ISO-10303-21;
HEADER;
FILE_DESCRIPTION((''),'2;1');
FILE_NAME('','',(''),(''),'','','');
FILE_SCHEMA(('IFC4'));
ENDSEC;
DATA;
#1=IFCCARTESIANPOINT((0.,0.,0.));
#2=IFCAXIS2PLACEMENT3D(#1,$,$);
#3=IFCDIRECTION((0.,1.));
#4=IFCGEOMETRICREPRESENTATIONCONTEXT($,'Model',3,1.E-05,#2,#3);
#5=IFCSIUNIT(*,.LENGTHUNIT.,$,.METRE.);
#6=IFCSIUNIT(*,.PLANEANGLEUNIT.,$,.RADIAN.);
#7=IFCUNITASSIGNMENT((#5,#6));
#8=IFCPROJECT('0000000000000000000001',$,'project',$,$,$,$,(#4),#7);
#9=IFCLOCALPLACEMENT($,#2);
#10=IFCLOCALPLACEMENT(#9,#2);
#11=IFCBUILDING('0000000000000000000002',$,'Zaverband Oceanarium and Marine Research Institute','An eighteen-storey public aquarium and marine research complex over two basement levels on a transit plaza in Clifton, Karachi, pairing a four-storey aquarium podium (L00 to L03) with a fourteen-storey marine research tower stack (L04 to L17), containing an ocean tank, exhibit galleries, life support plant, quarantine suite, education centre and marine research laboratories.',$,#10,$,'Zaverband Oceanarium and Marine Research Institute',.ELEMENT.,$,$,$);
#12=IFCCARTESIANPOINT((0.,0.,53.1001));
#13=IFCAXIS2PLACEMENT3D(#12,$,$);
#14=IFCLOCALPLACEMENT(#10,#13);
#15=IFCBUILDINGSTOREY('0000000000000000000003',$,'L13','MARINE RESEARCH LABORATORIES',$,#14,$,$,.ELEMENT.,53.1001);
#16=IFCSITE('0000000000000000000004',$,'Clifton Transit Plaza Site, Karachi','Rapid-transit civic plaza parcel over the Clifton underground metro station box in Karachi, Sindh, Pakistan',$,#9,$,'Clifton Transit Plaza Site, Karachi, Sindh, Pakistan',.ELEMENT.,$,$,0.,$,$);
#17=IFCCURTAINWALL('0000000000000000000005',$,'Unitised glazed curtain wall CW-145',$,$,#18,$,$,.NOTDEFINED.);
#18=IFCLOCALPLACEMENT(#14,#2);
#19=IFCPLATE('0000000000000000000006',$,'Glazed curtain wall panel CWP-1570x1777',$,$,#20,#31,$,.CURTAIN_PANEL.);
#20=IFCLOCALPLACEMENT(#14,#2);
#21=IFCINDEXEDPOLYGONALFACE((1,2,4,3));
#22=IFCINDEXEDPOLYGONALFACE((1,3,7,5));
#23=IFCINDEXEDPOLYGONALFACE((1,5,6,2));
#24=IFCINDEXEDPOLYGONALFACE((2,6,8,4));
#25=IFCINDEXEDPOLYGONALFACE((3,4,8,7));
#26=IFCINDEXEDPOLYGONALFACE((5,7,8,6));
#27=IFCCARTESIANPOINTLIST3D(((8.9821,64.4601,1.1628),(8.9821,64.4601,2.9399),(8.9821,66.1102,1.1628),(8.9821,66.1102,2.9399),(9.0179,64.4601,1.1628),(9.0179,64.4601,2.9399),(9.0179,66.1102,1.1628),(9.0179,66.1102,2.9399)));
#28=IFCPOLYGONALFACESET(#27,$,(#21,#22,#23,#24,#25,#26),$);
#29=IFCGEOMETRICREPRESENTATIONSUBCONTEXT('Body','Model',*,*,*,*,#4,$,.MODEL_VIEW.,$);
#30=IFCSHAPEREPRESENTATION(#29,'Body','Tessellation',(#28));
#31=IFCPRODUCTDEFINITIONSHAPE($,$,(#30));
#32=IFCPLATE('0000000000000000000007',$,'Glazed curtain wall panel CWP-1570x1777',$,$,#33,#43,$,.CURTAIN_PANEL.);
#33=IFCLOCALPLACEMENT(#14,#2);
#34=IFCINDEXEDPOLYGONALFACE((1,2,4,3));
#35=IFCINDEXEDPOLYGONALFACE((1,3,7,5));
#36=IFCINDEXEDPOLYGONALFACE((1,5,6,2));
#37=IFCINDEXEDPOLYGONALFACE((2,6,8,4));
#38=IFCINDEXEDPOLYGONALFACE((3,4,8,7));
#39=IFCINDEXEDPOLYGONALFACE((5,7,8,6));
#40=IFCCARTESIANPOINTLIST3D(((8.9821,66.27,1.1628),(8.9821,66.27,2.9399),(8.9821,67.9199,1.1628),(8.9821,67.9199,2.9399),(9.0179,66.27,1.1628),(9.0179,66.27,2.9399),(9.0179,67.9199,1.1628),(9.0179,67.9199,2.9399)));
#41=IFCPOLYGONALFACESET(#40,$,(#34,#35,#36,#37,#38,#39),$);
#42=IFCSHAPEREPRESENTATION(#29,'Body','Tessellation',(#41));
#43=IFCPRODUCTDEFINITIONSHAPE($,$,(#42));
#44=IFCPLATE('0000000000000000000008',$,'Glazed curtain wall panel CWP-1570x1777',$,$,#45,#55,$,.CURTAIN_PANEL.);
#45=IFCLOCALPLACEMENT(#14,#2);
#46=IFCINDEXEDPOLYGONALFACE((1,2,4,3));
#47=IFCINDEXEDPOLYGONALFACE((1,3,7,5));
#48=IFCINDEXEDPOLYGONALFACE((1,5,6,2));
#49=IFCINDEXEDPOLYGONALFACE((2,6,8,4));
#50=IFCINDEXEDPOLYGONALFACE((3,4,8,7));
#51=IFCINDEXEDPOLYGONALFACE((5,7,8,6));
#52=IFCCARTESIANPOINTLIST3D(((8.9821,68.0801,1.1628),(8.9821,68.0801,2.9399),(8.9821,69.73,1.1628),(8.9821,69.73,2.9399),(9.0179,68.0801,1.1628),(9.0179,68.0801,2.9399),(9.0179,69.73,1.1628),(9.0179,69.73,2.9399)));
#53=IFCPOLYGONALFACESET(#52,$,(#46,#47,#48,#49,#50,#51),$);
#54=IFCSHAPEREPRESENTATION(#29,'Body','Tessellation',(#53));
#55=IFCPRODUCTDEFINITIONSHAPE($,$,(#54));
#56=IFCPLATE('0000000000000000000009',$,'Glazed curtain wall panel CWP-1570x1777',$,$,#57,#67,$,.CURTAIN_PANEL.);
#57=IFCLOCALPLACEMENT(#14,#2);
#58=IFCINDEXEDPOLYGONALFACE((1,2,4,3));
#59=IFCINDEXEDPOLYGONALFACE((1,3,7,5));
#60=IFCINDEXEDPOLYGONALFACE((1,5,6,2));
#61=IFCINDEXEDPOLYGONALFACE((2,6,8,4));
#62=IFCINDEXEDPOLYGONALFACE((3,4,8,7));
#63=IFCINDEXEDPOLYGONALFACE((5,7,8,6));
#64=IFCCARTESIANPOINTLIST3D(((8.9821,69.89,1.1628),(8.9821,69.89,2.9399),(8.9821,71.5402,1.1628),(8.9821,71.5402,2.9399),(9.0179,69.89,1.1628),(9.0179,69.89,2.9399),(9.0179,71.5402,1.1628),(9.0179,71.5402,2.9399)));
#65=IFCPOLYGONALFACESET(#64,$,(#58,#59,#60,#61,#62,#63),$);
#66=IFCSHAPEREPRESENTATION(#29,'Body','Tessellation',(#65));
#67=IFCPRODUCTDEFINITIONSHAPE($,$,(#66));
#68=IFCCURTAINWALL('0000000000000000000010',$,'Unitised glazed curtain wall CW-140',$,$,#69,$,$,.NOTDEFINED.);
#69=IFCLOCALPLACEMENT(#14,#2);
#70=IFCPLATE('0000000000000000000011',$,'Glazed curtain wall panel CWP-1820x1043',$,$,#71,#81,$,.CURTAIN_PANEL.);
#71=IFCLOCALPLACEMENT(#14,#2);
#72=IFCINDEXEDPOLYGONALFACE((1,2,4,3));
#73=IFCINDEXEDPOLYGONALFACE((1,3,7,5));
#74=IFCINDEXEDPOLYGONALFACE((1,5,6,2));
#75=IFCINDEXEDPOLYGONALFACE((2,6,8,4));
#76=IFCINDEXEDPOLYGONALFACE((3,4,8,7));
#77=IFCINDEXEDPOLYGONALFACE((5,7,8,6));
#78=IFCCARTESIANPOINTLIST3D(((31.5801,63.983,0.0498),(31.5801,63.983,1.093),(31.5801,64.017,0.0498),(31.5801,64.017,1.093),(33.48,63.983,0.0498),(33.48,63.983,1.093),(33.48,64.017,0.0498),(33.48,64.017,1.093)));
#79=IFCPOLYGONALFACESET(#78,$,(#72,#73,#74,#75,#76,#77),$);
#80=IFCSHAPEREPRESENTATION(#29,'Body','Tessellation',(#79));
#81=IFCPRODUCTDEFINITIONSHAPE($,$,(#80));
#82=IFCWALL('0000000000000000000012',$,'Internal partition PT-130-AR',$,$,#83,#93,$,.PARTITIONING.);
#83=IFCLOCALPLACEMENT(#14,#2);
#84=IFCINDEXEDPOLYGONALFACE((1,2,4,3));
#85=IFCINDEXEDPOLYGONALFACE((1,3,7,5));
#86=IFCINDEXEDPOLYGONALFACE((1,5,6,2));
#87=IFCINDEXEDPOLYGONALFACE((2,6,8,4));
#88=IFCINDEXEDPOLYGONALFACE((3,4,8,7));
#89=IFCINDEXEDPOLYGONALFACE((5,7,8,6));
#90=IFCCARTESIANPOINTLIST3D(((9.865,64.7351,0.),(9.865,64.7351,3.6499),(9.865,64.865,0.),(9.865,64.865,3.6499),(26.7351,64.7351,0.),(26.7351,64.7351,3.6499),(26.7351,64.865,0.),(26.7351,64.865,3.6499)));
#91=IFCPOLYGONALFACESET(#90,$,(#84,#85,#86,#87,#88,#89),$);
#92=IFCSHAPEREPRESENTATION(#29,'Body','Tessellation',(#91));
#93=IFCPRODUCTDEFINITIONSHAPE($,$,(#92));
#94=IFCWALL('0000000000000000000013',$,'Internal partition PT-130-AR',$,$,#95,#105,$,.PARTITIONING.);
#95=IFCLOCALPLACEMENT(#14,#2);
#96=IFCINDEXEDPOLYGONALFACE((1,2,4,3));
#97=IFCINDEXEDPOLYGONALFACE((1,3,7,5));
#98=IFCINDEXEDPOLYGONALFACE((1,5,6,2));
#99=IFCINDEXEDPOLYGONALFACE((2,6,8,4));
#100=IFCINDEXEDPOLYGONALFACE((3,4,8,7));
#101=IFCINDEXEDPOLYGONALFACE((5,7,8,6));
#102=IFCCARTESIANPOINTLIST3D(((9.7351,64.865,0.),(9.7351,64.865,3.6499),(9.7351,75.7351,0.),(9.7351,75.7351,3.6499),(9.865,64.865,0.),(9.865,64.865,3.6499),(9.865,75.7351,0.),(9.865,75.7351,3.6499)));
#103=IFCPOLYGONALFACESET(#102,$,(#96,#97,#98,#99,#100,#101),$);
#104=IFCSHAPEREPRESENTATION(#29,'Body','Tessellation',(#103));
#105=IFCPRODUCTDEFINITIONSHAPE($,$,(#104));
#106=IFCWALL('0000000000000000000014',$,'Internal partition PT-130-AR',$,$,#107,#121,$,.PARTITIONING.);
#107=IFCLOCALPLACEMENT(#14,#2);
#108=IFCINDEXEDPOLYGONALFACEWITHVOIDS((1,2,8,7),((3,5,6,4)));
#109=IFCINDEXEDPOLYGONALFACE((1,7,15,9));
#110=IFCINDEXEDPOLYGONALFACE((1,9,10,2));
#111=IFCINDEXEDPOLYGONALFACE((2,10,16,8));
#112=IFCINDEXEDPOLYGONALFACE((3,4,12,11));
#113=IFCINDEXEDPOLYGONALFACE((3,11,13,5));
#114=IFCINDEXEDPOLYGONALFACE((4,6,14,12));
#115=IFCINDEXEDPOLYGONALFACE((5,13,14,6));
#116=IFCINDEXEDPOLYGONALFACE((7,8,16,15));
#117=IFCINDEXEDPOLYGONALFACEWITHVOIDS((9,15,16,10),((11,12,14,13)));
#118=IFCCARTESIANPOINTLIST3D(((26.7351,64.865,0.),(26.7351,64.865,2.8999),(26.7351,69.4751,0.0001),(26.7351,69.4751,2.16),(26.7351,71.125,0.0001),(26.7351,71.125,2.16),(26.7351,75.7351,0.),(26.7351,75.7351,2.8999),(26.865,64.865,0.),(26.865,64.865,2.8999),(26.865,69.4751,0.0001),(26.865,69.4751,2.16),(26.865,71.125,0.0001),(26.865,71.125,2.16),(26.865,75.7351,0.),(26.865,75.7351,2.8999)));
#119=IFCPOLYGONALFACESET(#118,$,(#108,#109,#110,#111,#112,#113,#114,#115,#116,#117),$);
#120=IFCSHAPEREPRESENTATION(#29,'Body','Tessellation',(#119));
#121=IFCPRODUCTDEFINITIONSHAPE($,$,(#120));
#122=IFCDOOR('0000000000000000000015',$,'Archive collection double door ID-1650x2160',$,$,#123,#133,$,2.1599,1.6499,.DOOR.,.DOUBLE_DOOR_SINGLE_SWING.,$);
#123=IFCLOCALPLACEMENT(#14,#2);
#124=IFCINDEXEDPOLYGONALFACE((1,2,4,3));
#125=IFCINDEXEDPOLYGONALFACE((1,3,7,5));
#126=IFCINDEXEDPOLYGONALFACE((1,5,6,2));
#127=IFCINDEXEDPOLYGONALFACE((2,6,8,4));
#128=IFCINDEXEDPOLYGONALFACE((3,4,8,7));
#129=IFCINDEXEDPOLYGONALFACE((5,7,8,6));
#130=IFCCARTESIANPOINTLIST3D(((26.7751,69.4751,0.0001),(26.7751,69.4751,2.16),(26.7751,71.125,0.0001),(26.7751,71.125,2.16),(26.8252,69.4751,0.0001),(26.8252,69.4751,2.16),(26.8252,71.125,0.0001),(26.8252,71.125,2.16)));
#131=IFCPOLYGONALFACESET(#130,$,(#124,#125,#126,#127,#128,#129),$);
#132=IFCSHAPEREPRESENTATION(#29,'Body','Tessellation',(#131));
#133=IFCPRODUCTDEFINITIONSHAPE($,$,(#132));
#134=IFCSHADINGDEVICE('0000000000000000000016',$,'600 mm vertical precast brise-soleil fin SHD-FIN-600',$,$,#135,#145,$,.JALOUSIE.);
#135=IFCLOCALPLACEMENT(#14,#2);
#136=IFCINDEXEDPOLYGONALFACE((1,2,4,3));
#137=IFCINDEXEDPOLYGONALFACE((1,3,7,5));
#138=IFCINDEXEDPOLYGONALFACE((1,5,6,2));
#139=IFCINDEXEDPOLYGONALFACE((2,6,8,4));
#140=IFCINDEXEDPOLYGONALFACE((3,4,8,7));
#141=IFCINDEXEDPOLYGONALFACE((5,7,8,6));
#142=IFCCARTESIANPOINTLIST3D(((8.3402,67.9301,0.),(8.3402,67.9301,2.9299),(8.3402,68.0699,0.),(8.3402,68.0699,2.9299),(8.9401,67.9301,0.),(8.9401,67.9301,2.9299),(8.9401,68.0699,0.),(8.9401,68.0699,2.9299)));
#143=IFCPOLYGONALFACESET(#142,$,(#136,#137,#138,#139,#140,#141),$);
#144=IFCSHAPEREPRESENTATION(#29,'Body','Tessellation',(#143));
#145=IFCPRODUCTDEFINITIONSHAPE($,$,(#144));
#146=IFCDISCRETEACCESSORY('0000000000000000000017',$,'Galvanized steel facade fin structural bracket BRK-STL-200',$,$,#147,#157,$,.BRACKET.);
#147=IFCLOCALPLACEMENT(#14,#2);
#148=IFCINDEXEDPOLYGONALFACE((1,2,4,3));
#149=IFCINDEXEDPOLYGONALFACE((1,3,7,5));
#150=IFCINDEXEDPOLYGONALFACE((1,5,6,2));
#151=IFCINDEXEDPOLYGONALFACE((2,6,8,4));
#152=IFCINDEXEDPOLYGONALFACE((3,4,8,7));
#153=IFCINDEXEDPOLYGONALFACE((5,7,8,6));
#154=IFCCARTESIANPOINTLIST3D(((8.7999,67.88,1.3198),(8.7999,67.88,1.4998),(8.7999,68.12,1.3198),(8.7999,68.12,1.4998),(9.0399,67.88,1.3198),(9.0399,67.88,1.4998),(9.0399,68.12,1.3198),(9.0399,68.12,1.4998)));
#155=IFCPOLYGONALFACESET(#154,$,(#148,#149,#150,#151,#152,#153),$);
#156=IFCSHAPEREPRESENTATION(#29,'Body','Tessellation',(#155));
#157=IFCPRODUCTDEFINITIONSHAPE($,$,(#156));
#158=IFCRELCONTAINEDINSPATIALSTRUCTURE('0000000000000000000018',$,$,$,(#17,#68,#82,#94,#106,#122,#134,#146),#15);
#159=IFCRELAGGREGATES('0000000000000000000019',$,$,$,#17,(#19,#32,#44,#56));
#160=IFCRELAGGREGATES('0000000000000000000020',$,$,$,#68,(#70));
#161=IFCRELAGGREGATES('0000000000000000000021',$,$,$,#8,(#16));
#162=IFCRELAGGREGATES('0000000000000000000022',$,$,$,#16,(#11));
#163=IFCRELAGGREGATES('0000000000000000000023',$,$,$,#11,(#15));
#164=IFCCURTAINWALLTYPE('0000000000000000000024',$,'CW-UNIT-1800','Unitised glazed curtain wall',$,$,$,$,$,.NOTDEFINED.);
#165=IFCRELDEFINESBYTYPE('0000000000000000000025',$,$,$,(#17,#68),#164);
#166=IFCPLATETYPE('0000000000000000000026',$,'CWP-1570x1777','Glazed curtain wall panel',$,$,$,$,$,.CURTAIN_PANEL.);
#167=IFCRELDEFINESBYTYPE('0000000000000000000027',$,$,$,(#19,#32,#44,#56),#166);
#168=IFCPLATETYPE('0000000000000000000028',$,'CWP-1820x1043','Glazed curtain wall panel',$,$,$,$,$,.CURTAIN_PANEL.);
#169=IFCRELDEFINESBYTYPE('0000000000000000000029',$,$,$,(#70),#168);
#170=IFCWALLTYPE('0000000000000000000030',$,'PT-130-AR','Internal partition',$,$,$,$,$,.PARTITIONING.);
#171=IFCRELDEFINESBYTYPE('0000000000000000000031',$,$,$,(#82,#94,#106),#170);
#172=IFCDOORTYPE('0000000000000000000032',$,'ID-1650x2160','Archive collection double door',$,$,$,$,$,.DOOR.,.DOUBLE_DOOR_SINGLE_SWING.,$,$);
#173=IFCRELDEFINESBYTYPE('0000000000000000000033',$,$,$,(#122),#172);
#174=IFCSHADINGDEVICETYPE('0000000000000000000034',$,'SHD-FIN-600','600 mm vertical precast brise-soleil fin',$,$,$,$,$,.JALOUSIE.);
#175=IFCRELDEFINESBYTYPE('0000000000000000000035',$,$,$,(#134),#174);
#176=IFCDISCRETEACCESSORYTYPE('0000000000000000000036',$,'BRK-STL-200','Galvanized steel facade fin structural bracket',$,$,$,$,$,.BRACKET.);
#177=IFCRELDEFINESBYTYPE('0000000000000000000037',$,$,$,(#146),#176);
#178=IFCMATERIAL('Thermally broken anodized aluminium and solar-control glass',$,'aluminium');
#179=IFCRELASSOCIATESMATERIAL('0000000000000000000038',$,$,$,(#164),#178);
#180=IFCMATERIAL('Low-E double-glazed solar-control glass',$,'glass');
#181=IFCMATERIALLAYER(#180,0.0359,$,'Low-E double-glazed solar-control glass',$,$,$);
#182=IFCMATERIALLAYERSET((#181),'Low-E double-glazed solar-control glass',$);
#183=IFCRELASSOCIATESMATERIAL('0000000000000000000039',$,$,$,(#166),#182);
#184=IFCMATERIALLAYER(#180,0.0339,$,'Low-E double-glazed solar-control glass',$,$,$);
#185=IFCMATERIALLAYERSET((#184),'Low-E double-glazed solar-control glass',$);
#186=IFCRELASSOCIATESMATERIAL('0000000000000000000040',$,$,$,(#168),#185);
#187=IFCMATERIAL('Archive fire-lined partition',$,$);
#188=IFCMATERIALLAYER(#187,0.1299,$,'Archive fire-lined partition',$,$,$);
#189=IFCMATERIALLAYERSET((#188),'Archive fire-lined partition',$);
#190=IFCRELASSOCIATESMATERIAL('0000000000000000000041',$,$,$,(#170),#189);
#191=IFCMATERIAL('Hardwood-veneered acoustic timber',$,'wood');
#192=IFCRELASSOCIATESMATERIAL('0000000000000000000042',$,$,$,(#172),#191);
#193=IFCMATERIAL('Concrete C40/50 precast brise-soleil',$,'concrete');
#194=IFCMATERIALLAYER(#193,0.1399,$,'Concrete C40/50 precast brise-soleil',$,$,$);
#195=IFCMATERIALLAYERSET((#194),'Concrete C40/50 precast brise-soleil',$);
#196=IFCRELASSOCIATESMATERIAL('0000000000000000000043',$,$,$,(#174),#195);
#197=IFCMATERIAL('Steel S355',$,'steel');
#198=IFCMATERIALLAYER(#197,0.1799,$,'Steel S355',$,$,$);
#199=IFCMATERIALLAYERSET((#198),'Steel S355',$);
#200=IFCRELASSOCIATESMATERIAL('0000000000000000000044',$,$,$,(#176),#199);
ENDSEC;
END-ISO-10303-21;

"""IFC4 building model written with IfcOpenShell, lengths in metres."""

from ifc_helpers import new_model, si_unit, direction, frame, frame_2d, origin, origin_2d, place, context, subcontext, project, spatial, rectangle, extrude, material, layer, layer_set, type_object, element, fill, aggregate, save


model = new_model("IFC4")

# Units and contexts
model_context = context("Model", 3, precision=1e-05, world=origin(), true_north=direction((0.0, 1.0)))
body_context = subcontext(model_context, "Body", "Model", "MODEL_VIEW")
ifc_project = project(units=[si_unit("LENGTHUNIT", "METRE"), si_unit("PLANEANGLEUNIT", "RADIAN")], contexts=[model_context])

# Site, building, storey
site_placement = place(None, origin())
site = spatial("IfcSite", under=ifc_project, at=site_placement, Name="Clifton Transit Plaza Site, Karachi", Description="Rapid-transit civic plaza parcel over the Clifton underground metro station box in Karachi, Sindh, Pakistan", LongName="Clifton Transit Plaza Site, Karachi, Sindh, Pakistan", CompositionType="ELEMENT", RefElevation=0.0)
building_placement = place(site_placement, origin())
building = spatial("IfcBuilding", under=site, at=building_placement, Name="Zaverband Oceanarium and Marine Research Institute", Description="An eighteen-storey public aquarium and marine research complex over two basement levels on a transit plaza in Clifton, Karachi, pairing a four-storey aquarium podium (L00 to L03) with a fourteen-storey marine research tower stack (L04 to L17), containing an ocean tank, exhibit galleries, life support plant, quarantine suite, education centre and marine research laboratories.", LongName="Zaverband Oceanarium and Marine Research Institute", CompositionType="ELEMENT")
storey_placement = place(building_placement, frame((0.0, 0.0, 53.1001)))
storey = spatial("IfcBuildingStorey", under=building, at=storey_placement, Name="L13", Description="MARINE RESEARCH LABORATORIES", CompositionType="ELEMENT", Elevation=53.1001)

# Curtain wall, plates
ifc_material_1 = material(Name="Thermally broken anodized aluminium and solar-control glass", Category="aluminium")
curtain_wall_type = type_object("IfcCurtainWallType", Name="CW-UNIT-1800", Description="Unitised glazed curtain wall", PredefinedType="NOTDEFINED", material=ifc_material_1)
curtain_wall_1_placement = place(storey_placement, origin())
curtain_wall_1 = element("IfcCurtainWall", 1, at=curtain_wall_1_placement, inside=storey, type_object=curtain_wall_type, Name="Unitised glazed curtain wall CW-145", PredefinedType="NOTDEFINED")
ifc_material_2 = material(Name="Low-E double-glazed solar-control glass", Category="glass")
ifc_layer_1 = layer(ifc_material_2, 0.0359, Name="Low-E double-glazed solar-control glass")
ifc_layer_set_1 = layer_set([ifc_layer_1], Name="Low-E double-glazed solar-control glass")
plate_type_1 = type_object("IfcPlateType", Name="CWP-1570x1777", Description="Glazed curtain wall panel", PredefinedType="CURTAIN_PANEL", material=ifc_layer_set_1)
plate_1_placement = place(storey_placement, frame((9.0, 64.46, 1.1628), z_axis=(0.0, 0.0, 1.0), x_axis=(0.0, 1.0, 0.0)))
plate_1 = element("IfcPlate", 2, at=plate_1_placement, type_object=plate_type_1, Name="Glazed curtain wall panel CWP-1570x1777", PredefinedType="CURTAIN_PANEL", context=body_context, shape_type="SweptSolid", body=[
    extrude(rectangle(XDim=1.6501, YDim=0.0359, at=frame_2d((0.8252, 0.0))), origin(), (0.0, 0.0, 1.0), 1.7771),
])
plate_2_placement = place(storey_placement, frame((9.0, 66.27, 1.1628), z_axis=(0.0, 0.0, 1.0), x_axis=(0.0, 1.0, 0.0)))
plate_2 = element("IfcPlate", 3, at=plate_2_placement, type_object=plate_type_1, Name="Glazed curtain wall panel CWP-1570x1777", PredefinedType="CURTAIN_PANEL", context=body_context, shape_type="SweptSolid", body=[
    extrude(rectangle(XDim=1.6499, YDim=0.0359, at=frame_2d((0.825, 0.0))), origin(), (0.0, 0.0, 1.0), 1.7771),
])
plate_3_placement = place(storey_placement, frame((9.0, 68.0801, 1.1628), z_axis=(0.0, 0.0, 1.0), x_axis=(0.0, 1.0, 0.0)))
plate_3 = element("IfcPlate", 4, at=plate_3_placement, type_object=plate_type_1, Name="Glazed curtain wall panel CWP-1570x1777", PredefinedType="CURTAIN_PANEL", context=body_context, shape_type="SweptSolid", body=[
    extrude(rectangle(XDim=1.6499, YDim=0.0359, at=frame_2d((0.825, 0.0))), origin(), (0.0, 0.0, 1.0), 1.7771),
])
plate_4_placement = place(storey_placement, frame((9.0, 69.8899, 1.1628), z_axis=(0.0, 0.0, 1.0), x_axis=(0.0, 1.0, 0.0)))
plate_4 = element("IfcPlate", 5, at=plate_4_placement, type_object=plate_type_1, Name="Glazed curtain wall panel CWP-1570x1777", PredefinedType="CURTAIN_PANEL", context=body_context, shape_type="SweptSolid", body=[
    extrude(rectangle(XDim=1.6501, YDim=0.0359, at=frame_2d((0.8252, 0.0))), origin(), (0.0, 0.0, 1.0), 1.7771),
])
aggregate(curtain_wall_1, [plate_1, plate_2, plate_3, plate_4])

# Curtain wall, plate
curtain_wall_2_placement = place(storey_placement, origin())
curtain_wall_2 = element("IfcCurtainWall", 6, at=curtain_wall_2_placement, inside=storey, type_object=curtain_wall_type, Name="Unitised glazed curtain wall CW-140", PredefinedType="NOTDEFINED")
ifc_layer_2 = layer(ifc_material_2, 0.0339, Name="Low-E double-glazed solar-control glass")
ifc_layer_set_2 = layer_set([ifc_layer_2], Name="Low-E double-glazed solar-control glass")
plate_type_2 = type_object("IfcPlateType", Name="CWP-1820x1043", Description="Glazed curtain wall panel", PredefinedType="CURTAIN_PANEL", material=ifc_layer_set_2)
plate_5_placement = place(storey_placement, frame((31.5801, 64.0, 0.0498), z_axis=(0.0, 0.0, 1.0), x_axis=(1.0, 0.0, 0.0)))
plate_5 = element("IfcPlate", 7, at=plate_5_placement, type_object=plate_type_2, Name="Glazed curtain wall panel CWP-1820x1043", PredefinedType="CURTAIN_PANEL", context=body_context, shape_type="SweptSolid", body=[
    extrude(rectangle(XDim=1.8999, YDim=0.0339, at=frame_2d((0.95, 0.0))), origin(), (0.0, 0.0, 1.0), 1.0432),
])
aggregate(curtain_wall_2, [plate_5])

# Walls
ifc_material_3 = material(Name="Archive fire-lined partition")
ifc_layer_3 = layer(ifc_material_3, 0.1299, Name="Archive fire-lined partition")
ifc_layer_set_3 = layer_set([ifc_layer_3], Name="Archive fire-lined partition")
wall_type = type_object("IfcWallType", Name="PT-130-AR", Description="Internal partition", PredefinedType="PARTITIONING", material=ifc_layer_set_3)
wall_1_placement = place(storey_placement, frame((9.865, 64.8, 0.0), z_axis=(0.0, 0.0, 1.0), x_axis=(1.0, 0.0, 0.0)))
element("IfcWall", 8, at=wall_1_placement, inside=storey, type_object=wall_type, Name="Internal partition PT-130-AR", PredefinedType="PARTITIONING", context=body_context, shape_type="SweptSolid", body=[
    extrude(rectangle(XDim=16.8701, YDim=0.1299, at=frame_2d((8.4351, 0.0))), origin(), (0.0, 0.0, 1.0), 3.6499),
])
wall_2_placement = place(storey_placement, frame((9.8, 64.865, 0.0), z_axis=(0.0, 0.0, 1.0), x_axis=(0.0, 1.0, 0.0)))
element("IfcWall", 9, at=wall_2_placement, inside=storey, type_object=wall_type, Name="Internal partition PT-130-AR", PredefinedType="PARTITIONING", context=body_context, shape_type="SweptSolid", body=[
    extrude(rectangle(XDim=10.8701, YDim=0.1299, at=frame_2d((5.4351, 0.0))), origin(), (0.0, 0.0, 1.0), 3.6499),
])

# Wall, opening, door
wall_3_placement = place(storey_placement, frame((26.8, 64.865, 0.0), z_axis=(0.0, 0.0, 1.0), x_axis=(0.0, 1.0, 0.0)))
wall_3 = element("IfcWall", 10, at=wall_3_placement, inside=storey, type_object=wall_type, Name="Internal partition PT-130-AR", PredefinedType="PARTITIONING", context=body_context, shape_type="SweptSolid", body=[
    extrude(rectangle(XDim=10.8701, YDim=0.1299, at=frame_2d((5.4351, 0.0))), origin(), (0.0, 0.0, 1.0), 2.8999),
])
opening_placement = place(wall_3_placement, frame((4.6101, 0.0, 0.0)))
opening = element("IfcOpeningElement", 11, at=opening_placement, cuts=wall_3, PredefinedType="OPENING", context=body_context, shape_type="SweptSolid", body=[
    extrude(rectangle(XDim=1.6499, YDim=2.1599, at=frame_2d((0.825, 1.0801))), frame((0.0, 0.0769, 0.0), z_axis=(0.0, -1.0, 0.0), x_axis=(1.0, 0.0, 0.0)), (0.0, 0.0, 1.0), 0.1538),
])
ifc_material_4 = material(Name="Hardwood-veneered acoustic timber", Category="wood")
door_type = type_object("IfcDoorType", Name="ID-1650x2160", Description="Archive collection double door", OperationType="DOUBLE_DOOR_SINGLE_SWING", PredefinedType="DOOR", material=ifc_material_4)
door_placement = place(opening_placement, origin())
door = element("IfcDoor", 12, at=door_placement, inside=storey, type_object=door_type, Name="Archive collection double door ID-1650x2160", OperationType="DOUBLE_DOOR_SINGLE_SWING", OverallHeight=2.1599, OverallWidth=1.6499, PredefinedType="DOOR", context=body_context, shape_type="SweptSolid", body=[
    extrude(rectangle(XDim=1.6499, YDim=2.1599, at=frame_2d((0.825, 1.0801))), frame((0.0, 0.0249, 0.0), z_axis=(0.0, -1.0, 0.0), x_axis=(1.0, 0.0, 0.0)), (0.0, 0.0, 1.0), 0.05),
])
fill(opening, door)

# Shared definitions
ifc_material_5 = material(Name="Steel S355", Category="steel")

# Shading device
ifc_material_6 = material(Name="Concrete C40/50 precast brise-soleil", Category="concrete")
ifc_layer_4 = layer(ifc_material_6, 0.1399, Name="Concrete C40/50 precast brise-soleil")
ifc_layer_set_4 = layer_set([ifc_layer_4], Name="Concrete C40/50 precast brise-soleil")
shading_device_type = type_object("IfcShadingDeviceType", Name="SHD-FIN-600", Description="600 mm vertical precast brise-soleil fin", PredefinedType="JALOUSIE", material=ifc_layer_set_4)
shading_device_placement = place(storey_placement, frame((8.9399, 68.0, 0.0), z_axis=(0.0, 0.0, 1.0), x_axis=(-1.0, 0.0, 0.0)))
element("IfcShadingDevice", 13, at=shading_device_placement, inside=storey, type_object=shading_device_type, Name="600 mm vertical precast brise-soleil fin SHD-FIN-600", PredefinedType="JALOUSIE", context=body_context, shape_type="SweptSolid", body=[
    extrude(rectangle(XDim=0.5999, YDim=0.1399, at=frame_2d((0.2998, 0.0))), origin(), (0.0, 0.0, 1.0), 2.9299),
])

# Discrete accessory
ifc_layer_5 = layer(ifc_material_5, 0.1799, Name="Steel S355")
ifc_layer_set_5 = layer_set([ifc_layer_5], Name="Steel S355")
discrete_accessory_type = type_object("IfcDiscreteAccessoryType", Name="BRK-STL-200", Description="Galvanized steel facade fin structural bracket", PredefinedType="BRACKET", material=ifc_layer_set_5)
discrete_accessory_placement = place(storey_placement, frame((8.9199, 68.0, 1.3198), z_axis=(0.0, 0.0, 1.0), x_axis=(1.0, 0.0, 0.0)))
element("IfcDiscreteAccessory", 14, at=discrete_accessory_placement, inside=storey, type_object=discrete_accessory_type, Name="Galvanized steel facade fin structural bracket BRK-STL-200", PredefinedType="BRACKET", context=body_context, shape_type="SweptSolid", body=[
    extrude(rectangle(XDim=0.24, YDim=0.24, at=origin_2d()), origin(), (0.0, 0.0, 1.0), 0.1799),
])

save(model, "model.ifc")
